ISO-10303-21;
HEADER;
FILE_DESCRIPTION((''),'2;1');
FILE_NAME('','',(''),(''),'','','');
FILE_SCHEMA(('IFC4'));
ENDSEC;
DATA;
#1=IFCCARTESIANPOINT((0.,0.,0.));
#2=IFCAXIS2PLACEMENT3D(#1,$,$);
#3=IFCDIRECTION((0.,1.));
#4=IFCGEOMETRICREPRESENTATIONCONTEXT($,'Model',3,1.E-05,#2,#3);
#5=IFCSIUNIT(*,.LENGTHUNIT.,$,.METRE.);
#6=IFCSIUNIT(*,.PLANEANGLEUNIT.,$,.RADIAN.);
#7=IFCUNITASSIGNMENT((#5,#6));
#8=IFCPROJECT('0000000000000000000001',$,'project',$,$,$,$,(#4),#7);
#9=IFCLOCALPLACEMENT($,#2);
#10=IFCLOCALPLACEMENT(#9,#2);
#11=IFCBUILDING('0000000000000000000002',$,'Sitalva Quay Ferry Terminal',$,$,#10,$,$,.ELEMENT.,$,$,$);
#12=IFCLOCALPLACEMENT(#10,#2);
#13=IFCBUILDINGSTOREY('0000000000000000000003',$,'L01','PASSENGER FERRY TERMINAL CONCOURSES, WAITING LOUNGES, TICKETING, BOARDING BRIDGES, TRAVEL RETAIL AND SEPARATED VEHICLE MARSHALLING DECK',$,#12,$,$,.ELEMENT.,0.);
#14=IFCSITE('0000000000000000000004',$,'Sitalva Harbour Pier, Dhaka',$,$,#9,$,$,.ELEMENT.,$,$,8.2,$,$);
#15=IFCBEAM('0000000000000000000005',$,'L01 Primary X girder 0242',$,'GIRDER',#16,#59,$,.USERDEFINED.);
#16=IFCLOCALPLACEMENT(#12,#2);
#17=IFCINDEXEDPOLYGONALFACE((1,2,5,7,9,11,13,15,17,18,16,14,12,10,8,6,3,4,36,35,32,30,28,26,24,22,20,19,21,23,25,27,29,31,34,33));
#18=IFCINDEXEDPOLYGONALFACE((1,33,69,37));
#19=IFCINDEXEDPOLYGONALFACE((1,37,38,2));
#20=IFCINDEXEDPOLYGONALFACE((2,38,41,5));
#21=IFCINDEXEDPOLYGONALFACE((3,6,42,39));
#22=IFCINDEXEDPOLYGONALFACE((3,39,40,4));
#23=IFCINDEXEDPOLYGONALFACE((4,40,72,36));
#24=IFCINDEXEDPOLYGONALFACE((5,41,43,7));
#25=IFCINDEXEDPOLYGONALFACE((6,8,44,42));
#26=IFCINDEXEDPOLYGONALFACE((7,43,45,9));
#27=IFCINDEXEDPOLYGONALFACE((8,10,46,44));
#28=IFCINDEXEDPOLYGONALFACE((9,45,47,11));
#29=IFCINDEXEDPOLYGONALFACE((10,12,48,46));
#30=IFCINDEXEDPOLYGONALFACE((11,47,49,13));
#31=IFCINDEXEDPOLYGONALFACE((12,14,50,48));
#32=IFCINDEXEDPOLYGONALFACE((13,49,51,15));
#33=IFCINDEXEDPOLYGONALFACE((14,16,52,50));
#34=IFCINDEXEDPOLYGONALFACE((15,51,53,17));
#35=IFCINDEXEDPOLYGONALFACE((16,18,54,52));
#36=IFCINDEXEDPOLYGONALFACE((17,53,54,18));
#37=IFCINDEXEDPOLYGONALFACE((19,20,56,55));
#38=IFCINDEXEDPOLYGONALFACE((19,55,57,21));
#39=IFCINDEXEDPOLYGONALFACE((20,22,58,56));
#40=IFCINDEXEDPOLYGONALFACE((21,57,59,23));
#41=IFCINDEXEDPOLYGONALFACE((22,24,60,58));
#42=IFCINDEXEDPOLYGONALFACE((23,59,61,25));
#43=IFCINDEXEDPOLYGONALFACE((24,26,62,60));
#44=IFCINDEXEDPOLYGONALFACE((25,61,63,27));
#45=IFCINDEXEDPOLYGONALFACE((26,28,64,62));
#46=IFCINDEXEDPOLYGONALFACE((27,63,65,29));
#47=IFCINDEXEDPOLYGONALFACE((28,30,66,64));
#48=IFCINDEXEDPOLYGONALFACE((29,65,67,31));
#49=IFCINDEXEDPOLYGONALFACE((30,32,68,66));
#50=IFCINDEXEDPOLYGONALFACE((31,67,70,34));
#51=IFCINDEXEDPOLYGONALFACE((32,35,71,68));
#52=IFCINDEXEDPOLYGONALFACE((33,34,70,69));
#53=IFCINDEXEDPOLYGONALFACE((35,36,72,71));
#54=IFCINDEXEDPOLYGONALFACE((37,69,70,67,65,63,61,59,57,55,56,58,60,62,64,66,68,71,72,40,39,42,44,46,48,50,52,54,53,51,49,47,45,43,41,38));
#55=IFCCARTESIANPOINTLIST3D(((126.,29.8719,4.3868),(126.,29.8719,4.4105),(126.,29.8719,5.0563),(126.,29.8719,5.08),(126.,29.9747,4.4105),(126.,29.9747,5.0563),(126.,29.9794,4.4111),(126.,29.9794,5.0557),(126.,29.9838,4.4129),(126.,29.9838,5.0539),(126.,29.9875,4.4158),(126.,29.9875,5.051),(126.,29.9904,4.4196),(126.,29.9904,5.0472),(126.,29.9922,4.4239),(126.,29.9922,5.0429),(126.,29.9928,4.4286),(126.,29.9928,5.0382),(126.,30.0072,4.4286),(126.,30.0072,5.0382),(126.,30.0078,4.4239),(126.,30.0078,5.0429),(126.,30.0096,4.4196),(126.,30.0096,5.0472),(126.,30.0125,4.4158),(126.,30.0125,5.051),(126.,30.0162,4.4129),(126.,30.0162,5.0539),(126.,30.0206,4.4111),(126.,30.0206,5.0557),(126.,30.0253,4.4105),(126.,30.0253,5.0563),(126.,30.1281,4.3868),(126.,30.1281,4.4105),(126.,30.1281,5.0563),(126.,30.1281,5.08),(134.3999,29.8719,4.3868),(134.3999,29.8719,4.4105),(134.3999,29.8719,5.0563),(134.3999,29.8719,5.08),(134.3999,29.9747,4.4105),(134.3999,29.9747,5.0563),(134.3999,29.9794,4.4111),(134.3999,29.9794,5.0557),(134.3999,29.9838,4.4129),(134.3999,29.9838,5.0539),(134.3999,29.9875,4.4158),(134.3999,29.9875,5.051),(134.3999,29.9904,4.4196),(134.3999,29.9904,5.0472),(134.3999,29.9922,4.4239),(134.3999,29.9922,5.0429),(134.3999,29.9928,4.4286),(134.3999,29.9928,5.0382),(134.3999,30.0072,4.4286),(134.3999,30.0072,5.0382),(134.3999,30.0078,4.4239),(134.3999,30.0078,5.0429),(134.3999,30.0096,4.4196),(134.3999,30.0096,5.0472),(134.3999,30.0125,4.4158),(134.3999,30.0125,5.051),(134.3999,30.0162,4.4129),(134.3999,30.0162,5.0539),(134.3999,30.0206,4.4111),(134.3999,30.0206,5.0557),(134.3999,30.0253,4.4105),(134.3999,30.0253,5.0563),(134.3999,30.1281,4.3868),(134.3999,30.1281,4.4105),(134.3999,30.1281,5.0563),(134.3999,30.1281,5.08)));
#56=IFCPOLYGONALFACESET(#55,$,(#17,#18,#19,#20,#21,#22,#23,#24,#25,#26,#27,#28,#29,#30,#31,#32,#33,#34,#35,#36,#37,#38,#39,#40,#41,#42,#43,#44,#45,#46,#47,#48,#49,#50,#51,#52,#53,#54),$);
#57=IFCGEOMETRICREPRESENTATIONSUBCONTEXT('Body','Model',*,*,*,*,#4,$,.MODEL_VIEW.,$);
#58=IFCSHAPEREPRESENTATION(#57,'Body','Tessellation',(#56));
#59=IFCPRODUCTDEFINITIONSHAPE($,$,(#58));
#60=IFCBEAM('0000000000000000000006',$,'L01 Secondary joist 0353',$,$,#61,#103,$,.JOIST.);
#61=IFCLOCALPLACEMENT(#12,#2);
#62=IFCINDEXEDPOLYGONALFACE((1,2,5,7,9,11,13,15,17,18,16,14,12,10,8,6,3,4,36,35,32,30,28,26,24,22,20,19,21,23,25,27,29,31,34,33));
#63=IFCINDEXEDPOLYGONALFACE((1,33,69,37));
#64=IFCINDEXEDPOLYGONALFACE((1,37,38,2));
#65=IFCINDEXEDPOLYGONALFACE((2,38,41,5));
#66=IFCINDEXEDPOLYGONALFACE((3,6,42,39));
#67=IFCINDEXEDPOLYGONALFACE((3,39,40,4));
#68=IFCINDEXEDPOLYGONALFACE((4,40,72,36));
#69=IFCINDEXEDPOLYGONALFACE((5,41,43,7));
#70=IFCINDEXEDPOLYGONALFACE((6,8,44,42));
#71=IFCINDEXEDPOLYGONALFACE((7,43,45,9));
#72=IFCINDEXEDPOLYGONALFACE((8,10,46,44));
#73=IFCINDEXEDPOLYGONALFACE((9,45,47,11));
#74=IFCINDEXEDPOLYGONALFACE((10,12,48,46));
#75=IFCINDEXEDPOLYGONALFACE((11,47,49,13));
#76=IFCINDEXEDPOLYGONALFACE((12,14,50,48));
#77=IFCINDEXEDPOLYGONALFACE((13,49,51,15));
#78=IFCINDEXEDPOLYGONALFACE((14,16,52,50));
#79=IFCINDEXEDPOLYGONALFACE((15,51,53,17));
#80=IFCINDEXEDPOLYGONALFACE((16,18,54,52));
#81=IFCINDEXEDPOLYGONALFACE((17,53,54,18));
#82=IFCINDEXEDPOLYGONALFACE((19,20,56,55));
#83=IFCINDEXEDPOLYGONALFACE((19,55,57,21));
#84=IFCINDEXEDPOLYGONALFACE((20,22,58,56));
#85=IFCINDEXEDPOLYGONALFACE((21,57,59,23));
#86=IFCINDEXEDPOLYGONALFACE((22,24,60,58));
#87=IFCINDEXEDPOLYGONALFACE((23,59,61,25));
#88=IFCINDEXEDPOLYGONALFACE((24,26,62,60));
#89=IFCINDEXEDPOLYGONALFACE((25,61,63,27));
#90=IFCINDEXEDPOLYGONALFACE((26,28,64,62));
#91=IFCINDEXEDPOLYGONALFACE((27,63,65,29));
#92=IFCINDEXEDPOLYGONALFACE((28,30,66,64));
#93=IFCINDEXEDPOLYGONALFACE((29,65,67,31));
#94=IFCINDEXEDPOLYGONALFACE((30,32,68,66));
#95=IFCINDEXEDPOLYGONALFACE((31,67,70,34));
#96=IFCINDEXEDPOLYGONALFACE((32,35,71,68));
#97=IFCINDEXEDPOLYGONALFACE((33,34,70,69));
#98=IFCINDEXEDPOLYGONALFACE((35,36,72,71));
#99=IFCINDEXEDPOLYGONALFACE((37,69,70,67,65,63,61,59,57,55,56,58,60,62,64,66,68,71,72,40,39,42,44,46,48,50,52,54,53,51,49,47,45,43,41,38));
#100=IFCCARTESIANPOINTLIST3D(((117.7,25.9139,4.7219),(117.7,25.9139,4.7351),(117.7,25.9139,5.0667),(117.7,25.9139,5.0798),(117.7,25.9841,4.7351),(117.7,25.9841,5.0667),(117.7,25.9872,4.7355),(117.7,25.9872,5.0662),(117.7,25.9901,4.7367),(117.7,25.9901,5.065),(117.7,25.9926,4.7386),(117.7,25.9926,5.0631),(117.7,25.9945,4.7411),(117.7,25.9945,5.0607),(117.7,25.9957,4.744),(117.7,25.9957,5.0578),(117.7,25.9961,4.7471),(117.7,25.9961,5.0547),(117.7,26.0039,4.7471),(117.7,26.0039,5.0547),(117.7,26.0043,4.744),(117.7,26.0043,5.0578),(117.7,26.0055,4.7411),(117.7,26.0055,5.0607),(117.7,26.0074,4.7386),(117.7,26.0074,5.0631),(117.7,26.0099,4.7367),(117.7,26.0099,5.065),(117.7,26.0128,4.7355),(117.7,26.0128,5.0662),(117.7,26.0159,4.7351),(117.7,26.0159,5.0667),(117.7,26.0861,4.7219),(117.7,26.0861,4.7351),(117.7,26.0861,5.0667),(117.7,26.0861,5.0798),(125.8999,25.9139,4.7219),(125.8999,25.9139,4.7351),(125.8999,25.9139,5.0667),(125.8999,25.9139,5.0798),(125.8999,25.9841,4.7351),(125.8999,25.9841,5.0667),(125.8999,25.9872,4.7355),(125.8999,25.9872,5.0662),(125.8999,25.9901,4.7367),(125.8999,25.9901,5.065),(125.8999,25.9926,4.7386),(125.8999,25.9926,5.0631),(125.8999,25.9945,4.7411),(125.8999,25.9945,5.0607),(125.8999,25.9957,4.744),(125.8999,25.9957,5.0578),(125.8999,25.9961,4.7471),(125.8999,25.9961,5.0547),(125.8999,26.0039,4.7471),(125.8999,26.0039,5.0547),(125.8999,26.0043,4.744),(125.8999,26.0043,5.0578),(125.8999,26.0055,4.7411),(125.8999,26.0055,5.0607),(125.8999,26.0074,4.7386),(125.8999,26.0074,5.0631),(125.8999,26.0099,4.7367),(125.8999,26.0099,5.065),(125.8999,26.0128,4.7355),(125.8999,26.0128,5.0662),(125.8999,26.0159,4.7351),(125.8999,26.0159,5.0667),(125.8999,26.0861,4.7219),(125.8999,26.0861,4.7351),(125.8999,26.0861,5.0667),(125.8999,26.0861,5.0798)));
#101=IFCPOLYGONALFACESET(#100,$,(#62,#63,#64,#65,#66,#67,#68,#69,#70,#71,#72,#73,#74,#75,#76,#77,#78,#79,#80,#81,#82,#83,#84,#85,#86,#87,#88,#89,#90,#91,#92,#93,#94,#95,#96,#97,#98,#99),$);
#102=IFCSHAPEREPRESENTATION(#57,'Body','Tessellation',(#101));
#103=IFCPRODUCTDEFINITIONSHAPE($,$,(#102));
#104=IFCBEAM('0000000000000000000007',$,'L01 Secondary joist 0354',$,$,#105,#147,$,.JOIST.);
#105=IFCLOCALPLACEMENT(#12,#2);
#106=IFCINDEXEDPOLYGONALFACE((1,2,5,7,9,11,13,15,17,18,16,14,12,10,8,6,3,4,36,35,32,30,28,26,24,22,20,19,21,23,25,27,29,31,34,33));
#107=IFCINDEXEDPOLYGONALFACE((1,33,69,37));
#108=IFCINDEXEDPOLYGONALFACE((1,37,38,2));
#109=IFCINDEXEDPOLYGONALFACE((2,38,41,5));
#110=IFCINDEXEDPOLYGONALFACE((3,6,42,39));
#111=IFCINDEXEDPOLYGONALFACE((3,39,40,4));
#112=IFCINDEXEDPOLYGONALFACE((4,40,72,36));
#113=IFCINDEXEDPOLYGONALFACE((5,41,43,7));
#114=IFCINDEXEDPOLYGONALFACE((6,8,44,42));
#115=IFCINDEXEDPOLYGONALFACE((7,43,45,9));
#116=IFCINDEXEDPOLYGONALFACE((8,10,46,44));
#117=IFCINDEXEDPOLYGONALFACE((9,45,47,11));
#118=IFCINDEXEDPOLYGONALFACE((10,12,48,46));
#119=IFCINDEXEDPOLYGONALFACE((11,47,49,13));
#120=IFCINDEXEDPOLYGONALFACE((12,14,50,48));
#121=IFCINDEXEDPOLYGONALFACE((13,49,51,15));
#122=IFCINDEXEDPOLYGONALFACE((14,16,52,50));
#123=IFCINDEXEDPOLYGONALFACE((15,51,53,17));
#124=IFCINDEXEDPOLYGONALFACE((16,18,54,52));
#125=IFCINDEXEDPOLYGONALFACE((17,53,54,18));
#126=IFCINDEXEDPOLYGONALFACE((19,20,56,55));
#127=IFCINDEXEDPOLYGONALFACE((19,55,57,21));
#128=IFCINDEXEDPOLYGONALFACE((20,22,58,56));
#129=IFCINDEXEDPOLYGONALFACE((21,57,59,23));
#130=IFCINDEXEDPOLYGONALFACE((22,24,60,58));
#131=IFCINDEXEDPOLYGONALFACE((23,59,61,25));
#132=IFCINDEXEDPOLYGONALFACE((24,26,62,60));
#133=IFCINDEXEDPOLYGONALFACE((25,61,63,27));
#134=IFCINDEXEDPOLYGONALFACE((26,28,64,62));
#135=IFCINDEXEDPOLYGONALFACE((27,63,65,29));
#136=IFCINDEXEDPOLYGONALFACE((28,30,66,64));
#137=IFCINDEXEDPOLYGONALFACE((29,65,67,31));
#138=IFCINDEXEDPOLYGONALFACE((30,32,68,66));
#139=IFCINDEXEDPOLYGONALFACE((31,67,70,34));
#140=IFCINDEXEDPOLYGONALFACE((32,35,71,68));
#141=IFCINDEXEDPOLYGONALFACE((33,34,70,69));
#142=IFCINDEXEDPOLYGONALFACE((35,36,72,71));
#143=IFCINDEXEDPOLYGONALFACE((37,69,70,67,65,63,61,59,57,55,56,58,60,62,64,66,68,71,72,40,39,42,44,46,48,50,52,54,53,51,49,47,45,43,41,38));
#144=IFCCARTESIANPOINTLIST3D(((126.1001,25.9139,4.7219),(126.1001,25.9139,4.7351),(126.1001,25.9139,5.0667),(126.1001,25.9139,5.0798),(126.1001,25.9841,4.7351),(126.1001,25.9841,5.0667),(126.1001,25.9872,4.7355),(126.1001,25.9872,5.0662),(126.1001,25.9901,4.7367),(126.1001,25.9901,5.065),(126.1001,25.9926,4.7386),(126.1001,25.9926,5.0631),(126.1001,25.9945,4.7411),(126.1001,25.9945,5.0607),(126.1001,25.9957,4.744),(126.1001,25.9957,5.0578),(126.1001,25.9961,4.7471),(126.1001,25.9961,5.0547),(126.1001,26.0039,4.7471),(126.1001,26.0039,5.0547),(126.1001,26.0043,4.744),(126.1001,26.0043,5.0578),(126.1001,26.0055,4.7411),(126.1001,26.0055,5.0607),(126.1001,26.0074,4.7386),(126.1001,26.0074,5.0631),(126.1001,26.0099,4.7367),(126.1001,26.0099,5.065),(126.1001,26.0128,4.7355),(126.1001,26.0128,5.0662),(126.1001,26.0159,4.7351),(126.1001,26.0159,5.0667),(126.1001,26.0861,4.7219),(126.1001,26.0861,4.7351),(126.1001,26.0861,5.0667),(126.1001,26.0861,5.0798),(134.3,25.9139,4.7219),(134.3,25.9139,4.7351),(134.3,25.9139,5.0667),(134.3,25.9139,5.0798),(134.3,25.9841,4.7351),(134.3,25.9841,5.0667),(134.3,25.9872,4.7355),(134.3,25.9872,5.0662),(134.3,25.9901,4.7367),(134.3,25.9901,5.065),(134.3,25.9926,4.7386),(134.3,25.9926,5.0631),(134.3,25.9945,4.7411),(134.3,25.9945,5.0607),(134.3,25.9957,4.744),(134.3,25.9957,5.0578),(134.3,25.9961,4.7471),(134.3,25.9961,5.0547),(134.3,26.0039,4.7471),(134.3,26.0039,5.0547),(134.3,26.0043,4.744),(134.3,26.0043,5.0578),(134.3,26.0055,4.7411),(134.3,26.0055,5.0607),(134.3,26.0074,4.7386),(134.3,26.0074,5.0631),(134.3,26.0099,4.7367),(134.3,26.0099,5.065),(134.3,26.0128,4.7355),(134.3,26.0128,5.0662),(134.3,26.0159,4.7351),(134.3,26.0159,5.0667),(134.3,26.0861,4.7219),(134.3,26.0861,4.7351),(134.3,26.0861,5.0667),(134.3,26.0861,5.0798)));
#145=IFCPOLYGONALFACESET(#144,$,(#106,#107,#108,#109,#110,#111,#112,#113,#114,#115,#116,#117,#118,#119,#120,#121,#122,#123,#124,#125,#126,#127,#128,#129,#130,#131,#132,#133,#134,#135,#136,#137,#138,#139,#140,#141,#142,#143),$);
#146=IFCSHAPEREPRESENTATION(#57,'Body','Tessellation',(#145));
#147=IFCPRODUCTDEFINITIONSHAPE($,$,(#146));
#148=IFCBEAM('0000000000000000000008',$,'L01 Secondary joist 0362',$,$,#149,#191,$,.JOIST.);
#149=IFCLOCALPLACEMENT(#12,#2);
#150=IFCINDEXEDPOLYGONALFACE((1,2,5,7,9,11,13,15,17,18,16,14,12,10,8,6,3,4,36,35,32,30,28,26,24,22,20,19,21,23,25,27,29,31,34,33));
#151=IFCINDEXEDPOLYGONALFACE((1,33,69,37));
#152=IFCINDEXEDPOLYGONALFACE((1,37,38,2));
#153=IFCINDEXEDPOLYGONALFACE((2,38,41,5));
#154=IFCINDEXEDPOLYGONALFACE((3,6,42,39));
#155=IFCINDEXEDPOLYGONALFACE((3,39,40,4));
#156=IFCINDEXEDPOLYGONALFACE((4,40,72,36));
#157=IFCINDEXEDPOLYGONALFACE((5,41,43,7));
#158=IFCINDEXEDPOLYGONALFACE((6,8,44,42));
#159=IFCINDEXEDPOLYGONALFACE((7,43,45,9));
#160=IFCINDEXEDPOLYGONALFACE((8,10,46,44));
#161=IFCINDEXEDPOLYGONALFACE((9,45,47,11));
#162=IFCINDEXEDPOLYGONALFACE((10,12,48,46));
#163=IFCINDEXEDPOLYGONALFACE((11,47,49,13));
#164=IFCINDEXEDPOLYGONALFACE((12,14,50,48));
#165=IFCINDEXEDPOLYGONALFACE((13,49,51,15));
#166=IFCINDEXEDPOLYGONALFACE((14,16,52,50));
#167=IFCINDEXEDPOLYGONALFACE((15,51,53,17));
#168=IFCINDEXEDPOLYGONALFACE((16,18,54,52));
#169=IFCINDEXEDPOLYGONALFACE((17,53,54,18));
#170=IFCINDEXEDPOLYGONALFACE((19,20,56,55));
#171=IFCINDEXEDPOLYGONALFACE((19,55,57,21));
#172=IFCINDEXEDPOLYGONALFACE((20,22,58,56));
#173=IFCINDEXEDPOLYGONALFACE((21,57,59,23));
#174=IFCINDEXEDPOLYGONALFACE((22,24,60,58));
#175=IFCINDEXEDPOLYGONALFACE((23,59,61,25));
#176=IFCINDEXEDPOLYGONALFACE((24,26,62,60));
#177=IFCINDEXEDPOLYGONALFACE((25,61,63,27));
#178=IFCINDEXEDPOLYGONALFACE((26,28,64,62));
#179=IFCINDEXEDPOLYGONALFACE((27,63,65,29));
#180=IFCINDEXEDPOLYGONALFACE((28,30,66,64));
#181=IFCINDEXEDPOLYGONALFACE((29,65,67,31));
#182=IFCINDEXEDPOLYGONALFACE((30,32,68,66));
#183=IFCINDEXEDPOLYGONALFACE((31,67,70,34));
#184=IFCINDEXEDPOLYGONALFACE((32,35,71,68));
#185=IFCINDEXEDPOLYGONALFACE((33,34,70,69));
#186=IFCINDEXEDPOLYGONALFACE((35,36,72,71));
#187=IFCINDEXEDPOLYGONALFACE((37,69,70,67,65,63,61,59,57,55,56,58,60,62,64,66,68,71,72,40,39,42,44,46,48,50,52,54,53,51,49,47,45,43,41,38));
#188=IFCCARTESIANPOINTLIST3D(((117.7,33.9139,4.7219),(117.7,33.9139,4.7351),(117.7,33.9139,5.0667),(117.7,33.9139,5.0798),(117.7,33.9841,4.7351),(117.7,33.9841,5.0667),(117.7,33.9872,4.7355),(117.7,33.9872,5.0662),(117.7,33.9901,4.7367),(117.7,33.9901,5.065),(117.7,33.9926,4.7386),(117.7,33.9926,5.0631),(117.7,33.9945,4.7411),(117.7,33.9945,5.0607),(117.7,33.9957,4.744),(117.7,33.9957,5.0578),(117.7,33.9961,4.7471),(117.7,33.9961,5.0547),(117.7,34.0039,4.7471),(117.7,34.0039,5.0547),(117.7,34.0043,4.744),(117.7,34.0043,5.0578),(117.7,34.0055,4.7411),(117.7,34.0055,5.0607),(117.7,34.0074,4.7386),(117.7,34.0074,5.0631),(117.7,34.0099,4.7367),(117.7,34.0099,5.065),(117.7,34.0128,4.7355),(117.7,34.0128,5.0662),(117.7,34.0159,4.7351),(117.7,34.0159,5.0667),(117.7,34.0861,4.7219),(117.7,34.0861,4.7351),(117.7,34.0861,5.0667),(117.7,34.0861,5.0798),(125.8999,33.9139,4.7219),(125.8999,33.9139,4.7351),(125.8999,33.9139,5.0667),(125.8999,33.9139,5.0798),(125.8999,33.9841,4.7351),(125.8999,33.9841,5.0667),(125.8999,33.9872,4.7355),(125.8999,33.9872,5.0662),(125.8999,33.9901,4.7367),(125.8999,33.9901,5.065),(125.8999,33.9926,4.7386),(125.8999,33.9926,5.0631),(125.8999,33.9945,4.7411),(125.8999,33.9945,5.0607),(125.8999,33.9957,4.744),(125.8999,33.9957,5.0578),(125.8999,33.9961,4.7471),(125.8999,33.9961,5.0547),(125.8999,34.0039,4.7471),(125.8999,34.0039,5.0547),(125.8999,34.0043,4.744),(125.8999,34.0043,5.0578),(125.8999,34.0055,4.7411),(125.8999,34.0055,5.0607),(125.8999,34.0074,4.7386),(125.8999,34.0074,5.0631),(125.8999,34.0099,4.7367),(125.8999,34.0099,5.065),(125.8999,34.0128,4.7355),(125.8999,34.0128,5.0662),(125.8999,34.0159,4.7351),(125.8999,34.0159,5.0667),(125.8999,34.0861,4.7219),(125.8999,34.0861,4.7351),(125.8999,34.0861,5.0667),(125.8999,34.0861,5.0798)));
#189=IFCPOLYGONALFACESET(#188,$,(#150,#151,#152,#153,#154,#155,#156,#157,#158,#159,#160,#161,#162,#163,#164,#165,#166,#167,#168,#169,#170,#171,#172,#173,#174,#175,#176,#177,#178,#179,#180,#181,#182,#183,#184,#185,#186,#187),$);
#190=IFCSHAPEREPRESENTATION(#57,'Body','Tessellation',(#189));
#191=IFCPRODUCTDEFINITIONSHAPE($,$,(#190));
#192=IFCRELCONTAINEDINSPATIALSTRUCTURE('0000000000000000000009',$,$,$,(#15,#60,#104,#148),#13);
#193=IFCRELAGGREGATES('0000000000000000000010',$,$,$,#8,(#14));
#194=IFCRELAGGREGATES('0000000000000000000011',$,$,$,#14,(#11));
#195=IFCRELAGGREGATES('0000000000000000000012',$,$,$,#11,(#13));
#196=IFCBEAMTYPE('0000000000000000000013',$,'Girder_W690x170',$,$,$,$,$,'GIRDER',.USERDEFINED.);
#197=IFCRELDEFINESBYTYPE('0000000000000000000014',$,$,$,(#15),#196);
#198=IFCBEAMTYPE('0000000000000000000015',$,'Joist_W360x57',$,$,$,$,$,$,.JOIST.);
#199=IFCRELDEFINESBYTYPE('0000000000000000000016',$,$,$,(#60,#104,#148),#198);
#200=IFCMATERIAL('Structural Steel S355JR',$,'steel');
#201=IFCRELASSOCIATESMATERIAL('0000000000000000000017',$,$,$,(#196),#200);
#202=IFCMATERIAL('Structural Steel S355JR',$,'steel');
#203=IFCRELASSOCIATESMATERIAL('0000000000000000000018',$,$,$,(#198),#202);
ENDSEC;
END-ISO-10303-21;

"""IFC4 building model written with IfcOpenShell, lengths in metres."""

from ifc_helpers import new_model, si_unit, direction, frame, origin, origin_2d, place, context, subcontext, project, spatial, i_section, extrude, material, material_profile, profile_set, type_object, element, save


model = new_model("IFC4")

# Units and contexts
model_context = context("Model", 3, precision=1e-05, world=origin(), true_north=direction((0.0, 1.0)))
body_context = subcontext(model_context, "Body", "Model", "MODEL_VIEW")
ifc_project = project(units=[si_unit("LENGTHUNIT", "METRE"), si_unit("PLANEANGLEUNIT", "RADIAN")], contexts=[model_context])

# Site, building, storey
site_placement = place(None, origin())
site = spatial("IfcSite", under=ifc_project, at=site_placement, Name="Sitalva Harbour Pier, Dhaka", CompositionType="ELEMENT", RefElevation=8.2)
building_placement = place(site_placement, origin())
building = spatial("IfcBuilding", under=site, at=building_placement, Name="Sitalva Quay Ferry Terminal", CompositionType="ELEMENT")
storey_placement = place(building_placement, origin())
storey = spatial("IfcBuildingStorey", under=building, at=storey_placement, Name="L01", Description="PASSENGER FERRY TERMINAL CONCOURSES, WAITING LOUNGES, TICKETING, BOARDING BRIDGES, TRAVEL RETAIL AND SEPARATED VEHICLE MARSHALLING DECK", CompositionType="ELEMENT", Elevation=0.0)

# Beams
ifc_material_1 = material(Name="Structural Steel S355JR", Category="steel")
ifc_material_profile_1 = material_profile(ifc_material_1, i_section(OverallWidth=0.2561, OverallDepth=0.6931, WebThickness=0.0144, FlangeThickness=0.0237, FilletRadius=0.0181, at=origin_2d()), Name="W690x170")
ifc_profile_set_1 = profile_set([ifc_material_profile_1], Name="Structural Steel S355JR")
beam_type_1 = type_object("IfcBeamType", Name="Girder_W690x170", ElementType="GIRDER", PredefinedType="USERDEFINED", material=ifc_profile_set_1)
beam_1_placement = place(storey_placement, frame((126.0, 30.0, 4.7334), z_axis=(1.0, 0.0, 0.0), x_axis=(0.0, 1.0, 0.0)))
element("IfcBeam", 1, at=beam_1_placement, inside=storey, type_object=beam_type_1, Name="L01 Primary X girder 0242", ObjectType="GIRDER", PredefinedType="USERDEFINED", context=body_context, shape_type="SweptSolid", body=[
    extrude(i_section(OverallWidth=0.2561, OverallDepth=0.6931, WebThickness=0.0144, FlangeThickness=0.0237, FilletRadius=0.0181, at=origin_2d()), origin(), (0.0, 0.0, 1.0), 8.3999),
])
ifc_material_2 = material(Name="Structural Steel S355JR", Category="steel")
ifc_material_profile_2 = material_profile(ifc_material_2, i_section(OverallWidth=0.1721, OverallDepth=0.3579, WebThickness=0.0078, FlangeThickness=0.0132, FilletRadius=0.012, at=origin_2d()), Name="W360x57")
ifc_profile_set_2 = profile_set([ifc_material_profile_2], Name="Structural Steel S355JR")
beam_type_2 = type_object("IfcBeamType", Name="Joist_W360x57", PredefinedType="JOIST", material=ifc_profile_set_2)
for number, where, z_axis, x_axis, name in (
    (2, (117.7, 26.0, 4.9009), (1.0, 0.0, 0.0), (0.0, 1.0, 0.0), "L01 Secondary joist 0353"),
    (3, (126.1001, 26.0, 4.9009), (1.0, 0.0, 0.0), (0.0, 1.0, 0.0), "L01 Secondary joist 0354"),
    (4, (117.7, 34.0, 4.9009), (1.0, 0.0, 0.0), (0.0, 1.0, 0.0), "L01 Secondary joist 0362"),
):
    element("IfcBeam", number, at=place(storey_placement, frame(where, z_axis=z_axis, x_axis=x_axis)), inside=storey, type_object=beam_type_2, Name=name, PredefinedType="JOIST", context=body_context, shape_type="SweptSolid", body=[
        extrude(i_section(OverallWidth=0.1721, OverallDepth=0.3579, WebThickness=0.0078, FlangeThickness=0.0132, FilletRadius=0.012, at=origin_2d()), origin(), (0.0, 0.0, 1.0), 8.2),
    ])

save(model, "model.ifc")
